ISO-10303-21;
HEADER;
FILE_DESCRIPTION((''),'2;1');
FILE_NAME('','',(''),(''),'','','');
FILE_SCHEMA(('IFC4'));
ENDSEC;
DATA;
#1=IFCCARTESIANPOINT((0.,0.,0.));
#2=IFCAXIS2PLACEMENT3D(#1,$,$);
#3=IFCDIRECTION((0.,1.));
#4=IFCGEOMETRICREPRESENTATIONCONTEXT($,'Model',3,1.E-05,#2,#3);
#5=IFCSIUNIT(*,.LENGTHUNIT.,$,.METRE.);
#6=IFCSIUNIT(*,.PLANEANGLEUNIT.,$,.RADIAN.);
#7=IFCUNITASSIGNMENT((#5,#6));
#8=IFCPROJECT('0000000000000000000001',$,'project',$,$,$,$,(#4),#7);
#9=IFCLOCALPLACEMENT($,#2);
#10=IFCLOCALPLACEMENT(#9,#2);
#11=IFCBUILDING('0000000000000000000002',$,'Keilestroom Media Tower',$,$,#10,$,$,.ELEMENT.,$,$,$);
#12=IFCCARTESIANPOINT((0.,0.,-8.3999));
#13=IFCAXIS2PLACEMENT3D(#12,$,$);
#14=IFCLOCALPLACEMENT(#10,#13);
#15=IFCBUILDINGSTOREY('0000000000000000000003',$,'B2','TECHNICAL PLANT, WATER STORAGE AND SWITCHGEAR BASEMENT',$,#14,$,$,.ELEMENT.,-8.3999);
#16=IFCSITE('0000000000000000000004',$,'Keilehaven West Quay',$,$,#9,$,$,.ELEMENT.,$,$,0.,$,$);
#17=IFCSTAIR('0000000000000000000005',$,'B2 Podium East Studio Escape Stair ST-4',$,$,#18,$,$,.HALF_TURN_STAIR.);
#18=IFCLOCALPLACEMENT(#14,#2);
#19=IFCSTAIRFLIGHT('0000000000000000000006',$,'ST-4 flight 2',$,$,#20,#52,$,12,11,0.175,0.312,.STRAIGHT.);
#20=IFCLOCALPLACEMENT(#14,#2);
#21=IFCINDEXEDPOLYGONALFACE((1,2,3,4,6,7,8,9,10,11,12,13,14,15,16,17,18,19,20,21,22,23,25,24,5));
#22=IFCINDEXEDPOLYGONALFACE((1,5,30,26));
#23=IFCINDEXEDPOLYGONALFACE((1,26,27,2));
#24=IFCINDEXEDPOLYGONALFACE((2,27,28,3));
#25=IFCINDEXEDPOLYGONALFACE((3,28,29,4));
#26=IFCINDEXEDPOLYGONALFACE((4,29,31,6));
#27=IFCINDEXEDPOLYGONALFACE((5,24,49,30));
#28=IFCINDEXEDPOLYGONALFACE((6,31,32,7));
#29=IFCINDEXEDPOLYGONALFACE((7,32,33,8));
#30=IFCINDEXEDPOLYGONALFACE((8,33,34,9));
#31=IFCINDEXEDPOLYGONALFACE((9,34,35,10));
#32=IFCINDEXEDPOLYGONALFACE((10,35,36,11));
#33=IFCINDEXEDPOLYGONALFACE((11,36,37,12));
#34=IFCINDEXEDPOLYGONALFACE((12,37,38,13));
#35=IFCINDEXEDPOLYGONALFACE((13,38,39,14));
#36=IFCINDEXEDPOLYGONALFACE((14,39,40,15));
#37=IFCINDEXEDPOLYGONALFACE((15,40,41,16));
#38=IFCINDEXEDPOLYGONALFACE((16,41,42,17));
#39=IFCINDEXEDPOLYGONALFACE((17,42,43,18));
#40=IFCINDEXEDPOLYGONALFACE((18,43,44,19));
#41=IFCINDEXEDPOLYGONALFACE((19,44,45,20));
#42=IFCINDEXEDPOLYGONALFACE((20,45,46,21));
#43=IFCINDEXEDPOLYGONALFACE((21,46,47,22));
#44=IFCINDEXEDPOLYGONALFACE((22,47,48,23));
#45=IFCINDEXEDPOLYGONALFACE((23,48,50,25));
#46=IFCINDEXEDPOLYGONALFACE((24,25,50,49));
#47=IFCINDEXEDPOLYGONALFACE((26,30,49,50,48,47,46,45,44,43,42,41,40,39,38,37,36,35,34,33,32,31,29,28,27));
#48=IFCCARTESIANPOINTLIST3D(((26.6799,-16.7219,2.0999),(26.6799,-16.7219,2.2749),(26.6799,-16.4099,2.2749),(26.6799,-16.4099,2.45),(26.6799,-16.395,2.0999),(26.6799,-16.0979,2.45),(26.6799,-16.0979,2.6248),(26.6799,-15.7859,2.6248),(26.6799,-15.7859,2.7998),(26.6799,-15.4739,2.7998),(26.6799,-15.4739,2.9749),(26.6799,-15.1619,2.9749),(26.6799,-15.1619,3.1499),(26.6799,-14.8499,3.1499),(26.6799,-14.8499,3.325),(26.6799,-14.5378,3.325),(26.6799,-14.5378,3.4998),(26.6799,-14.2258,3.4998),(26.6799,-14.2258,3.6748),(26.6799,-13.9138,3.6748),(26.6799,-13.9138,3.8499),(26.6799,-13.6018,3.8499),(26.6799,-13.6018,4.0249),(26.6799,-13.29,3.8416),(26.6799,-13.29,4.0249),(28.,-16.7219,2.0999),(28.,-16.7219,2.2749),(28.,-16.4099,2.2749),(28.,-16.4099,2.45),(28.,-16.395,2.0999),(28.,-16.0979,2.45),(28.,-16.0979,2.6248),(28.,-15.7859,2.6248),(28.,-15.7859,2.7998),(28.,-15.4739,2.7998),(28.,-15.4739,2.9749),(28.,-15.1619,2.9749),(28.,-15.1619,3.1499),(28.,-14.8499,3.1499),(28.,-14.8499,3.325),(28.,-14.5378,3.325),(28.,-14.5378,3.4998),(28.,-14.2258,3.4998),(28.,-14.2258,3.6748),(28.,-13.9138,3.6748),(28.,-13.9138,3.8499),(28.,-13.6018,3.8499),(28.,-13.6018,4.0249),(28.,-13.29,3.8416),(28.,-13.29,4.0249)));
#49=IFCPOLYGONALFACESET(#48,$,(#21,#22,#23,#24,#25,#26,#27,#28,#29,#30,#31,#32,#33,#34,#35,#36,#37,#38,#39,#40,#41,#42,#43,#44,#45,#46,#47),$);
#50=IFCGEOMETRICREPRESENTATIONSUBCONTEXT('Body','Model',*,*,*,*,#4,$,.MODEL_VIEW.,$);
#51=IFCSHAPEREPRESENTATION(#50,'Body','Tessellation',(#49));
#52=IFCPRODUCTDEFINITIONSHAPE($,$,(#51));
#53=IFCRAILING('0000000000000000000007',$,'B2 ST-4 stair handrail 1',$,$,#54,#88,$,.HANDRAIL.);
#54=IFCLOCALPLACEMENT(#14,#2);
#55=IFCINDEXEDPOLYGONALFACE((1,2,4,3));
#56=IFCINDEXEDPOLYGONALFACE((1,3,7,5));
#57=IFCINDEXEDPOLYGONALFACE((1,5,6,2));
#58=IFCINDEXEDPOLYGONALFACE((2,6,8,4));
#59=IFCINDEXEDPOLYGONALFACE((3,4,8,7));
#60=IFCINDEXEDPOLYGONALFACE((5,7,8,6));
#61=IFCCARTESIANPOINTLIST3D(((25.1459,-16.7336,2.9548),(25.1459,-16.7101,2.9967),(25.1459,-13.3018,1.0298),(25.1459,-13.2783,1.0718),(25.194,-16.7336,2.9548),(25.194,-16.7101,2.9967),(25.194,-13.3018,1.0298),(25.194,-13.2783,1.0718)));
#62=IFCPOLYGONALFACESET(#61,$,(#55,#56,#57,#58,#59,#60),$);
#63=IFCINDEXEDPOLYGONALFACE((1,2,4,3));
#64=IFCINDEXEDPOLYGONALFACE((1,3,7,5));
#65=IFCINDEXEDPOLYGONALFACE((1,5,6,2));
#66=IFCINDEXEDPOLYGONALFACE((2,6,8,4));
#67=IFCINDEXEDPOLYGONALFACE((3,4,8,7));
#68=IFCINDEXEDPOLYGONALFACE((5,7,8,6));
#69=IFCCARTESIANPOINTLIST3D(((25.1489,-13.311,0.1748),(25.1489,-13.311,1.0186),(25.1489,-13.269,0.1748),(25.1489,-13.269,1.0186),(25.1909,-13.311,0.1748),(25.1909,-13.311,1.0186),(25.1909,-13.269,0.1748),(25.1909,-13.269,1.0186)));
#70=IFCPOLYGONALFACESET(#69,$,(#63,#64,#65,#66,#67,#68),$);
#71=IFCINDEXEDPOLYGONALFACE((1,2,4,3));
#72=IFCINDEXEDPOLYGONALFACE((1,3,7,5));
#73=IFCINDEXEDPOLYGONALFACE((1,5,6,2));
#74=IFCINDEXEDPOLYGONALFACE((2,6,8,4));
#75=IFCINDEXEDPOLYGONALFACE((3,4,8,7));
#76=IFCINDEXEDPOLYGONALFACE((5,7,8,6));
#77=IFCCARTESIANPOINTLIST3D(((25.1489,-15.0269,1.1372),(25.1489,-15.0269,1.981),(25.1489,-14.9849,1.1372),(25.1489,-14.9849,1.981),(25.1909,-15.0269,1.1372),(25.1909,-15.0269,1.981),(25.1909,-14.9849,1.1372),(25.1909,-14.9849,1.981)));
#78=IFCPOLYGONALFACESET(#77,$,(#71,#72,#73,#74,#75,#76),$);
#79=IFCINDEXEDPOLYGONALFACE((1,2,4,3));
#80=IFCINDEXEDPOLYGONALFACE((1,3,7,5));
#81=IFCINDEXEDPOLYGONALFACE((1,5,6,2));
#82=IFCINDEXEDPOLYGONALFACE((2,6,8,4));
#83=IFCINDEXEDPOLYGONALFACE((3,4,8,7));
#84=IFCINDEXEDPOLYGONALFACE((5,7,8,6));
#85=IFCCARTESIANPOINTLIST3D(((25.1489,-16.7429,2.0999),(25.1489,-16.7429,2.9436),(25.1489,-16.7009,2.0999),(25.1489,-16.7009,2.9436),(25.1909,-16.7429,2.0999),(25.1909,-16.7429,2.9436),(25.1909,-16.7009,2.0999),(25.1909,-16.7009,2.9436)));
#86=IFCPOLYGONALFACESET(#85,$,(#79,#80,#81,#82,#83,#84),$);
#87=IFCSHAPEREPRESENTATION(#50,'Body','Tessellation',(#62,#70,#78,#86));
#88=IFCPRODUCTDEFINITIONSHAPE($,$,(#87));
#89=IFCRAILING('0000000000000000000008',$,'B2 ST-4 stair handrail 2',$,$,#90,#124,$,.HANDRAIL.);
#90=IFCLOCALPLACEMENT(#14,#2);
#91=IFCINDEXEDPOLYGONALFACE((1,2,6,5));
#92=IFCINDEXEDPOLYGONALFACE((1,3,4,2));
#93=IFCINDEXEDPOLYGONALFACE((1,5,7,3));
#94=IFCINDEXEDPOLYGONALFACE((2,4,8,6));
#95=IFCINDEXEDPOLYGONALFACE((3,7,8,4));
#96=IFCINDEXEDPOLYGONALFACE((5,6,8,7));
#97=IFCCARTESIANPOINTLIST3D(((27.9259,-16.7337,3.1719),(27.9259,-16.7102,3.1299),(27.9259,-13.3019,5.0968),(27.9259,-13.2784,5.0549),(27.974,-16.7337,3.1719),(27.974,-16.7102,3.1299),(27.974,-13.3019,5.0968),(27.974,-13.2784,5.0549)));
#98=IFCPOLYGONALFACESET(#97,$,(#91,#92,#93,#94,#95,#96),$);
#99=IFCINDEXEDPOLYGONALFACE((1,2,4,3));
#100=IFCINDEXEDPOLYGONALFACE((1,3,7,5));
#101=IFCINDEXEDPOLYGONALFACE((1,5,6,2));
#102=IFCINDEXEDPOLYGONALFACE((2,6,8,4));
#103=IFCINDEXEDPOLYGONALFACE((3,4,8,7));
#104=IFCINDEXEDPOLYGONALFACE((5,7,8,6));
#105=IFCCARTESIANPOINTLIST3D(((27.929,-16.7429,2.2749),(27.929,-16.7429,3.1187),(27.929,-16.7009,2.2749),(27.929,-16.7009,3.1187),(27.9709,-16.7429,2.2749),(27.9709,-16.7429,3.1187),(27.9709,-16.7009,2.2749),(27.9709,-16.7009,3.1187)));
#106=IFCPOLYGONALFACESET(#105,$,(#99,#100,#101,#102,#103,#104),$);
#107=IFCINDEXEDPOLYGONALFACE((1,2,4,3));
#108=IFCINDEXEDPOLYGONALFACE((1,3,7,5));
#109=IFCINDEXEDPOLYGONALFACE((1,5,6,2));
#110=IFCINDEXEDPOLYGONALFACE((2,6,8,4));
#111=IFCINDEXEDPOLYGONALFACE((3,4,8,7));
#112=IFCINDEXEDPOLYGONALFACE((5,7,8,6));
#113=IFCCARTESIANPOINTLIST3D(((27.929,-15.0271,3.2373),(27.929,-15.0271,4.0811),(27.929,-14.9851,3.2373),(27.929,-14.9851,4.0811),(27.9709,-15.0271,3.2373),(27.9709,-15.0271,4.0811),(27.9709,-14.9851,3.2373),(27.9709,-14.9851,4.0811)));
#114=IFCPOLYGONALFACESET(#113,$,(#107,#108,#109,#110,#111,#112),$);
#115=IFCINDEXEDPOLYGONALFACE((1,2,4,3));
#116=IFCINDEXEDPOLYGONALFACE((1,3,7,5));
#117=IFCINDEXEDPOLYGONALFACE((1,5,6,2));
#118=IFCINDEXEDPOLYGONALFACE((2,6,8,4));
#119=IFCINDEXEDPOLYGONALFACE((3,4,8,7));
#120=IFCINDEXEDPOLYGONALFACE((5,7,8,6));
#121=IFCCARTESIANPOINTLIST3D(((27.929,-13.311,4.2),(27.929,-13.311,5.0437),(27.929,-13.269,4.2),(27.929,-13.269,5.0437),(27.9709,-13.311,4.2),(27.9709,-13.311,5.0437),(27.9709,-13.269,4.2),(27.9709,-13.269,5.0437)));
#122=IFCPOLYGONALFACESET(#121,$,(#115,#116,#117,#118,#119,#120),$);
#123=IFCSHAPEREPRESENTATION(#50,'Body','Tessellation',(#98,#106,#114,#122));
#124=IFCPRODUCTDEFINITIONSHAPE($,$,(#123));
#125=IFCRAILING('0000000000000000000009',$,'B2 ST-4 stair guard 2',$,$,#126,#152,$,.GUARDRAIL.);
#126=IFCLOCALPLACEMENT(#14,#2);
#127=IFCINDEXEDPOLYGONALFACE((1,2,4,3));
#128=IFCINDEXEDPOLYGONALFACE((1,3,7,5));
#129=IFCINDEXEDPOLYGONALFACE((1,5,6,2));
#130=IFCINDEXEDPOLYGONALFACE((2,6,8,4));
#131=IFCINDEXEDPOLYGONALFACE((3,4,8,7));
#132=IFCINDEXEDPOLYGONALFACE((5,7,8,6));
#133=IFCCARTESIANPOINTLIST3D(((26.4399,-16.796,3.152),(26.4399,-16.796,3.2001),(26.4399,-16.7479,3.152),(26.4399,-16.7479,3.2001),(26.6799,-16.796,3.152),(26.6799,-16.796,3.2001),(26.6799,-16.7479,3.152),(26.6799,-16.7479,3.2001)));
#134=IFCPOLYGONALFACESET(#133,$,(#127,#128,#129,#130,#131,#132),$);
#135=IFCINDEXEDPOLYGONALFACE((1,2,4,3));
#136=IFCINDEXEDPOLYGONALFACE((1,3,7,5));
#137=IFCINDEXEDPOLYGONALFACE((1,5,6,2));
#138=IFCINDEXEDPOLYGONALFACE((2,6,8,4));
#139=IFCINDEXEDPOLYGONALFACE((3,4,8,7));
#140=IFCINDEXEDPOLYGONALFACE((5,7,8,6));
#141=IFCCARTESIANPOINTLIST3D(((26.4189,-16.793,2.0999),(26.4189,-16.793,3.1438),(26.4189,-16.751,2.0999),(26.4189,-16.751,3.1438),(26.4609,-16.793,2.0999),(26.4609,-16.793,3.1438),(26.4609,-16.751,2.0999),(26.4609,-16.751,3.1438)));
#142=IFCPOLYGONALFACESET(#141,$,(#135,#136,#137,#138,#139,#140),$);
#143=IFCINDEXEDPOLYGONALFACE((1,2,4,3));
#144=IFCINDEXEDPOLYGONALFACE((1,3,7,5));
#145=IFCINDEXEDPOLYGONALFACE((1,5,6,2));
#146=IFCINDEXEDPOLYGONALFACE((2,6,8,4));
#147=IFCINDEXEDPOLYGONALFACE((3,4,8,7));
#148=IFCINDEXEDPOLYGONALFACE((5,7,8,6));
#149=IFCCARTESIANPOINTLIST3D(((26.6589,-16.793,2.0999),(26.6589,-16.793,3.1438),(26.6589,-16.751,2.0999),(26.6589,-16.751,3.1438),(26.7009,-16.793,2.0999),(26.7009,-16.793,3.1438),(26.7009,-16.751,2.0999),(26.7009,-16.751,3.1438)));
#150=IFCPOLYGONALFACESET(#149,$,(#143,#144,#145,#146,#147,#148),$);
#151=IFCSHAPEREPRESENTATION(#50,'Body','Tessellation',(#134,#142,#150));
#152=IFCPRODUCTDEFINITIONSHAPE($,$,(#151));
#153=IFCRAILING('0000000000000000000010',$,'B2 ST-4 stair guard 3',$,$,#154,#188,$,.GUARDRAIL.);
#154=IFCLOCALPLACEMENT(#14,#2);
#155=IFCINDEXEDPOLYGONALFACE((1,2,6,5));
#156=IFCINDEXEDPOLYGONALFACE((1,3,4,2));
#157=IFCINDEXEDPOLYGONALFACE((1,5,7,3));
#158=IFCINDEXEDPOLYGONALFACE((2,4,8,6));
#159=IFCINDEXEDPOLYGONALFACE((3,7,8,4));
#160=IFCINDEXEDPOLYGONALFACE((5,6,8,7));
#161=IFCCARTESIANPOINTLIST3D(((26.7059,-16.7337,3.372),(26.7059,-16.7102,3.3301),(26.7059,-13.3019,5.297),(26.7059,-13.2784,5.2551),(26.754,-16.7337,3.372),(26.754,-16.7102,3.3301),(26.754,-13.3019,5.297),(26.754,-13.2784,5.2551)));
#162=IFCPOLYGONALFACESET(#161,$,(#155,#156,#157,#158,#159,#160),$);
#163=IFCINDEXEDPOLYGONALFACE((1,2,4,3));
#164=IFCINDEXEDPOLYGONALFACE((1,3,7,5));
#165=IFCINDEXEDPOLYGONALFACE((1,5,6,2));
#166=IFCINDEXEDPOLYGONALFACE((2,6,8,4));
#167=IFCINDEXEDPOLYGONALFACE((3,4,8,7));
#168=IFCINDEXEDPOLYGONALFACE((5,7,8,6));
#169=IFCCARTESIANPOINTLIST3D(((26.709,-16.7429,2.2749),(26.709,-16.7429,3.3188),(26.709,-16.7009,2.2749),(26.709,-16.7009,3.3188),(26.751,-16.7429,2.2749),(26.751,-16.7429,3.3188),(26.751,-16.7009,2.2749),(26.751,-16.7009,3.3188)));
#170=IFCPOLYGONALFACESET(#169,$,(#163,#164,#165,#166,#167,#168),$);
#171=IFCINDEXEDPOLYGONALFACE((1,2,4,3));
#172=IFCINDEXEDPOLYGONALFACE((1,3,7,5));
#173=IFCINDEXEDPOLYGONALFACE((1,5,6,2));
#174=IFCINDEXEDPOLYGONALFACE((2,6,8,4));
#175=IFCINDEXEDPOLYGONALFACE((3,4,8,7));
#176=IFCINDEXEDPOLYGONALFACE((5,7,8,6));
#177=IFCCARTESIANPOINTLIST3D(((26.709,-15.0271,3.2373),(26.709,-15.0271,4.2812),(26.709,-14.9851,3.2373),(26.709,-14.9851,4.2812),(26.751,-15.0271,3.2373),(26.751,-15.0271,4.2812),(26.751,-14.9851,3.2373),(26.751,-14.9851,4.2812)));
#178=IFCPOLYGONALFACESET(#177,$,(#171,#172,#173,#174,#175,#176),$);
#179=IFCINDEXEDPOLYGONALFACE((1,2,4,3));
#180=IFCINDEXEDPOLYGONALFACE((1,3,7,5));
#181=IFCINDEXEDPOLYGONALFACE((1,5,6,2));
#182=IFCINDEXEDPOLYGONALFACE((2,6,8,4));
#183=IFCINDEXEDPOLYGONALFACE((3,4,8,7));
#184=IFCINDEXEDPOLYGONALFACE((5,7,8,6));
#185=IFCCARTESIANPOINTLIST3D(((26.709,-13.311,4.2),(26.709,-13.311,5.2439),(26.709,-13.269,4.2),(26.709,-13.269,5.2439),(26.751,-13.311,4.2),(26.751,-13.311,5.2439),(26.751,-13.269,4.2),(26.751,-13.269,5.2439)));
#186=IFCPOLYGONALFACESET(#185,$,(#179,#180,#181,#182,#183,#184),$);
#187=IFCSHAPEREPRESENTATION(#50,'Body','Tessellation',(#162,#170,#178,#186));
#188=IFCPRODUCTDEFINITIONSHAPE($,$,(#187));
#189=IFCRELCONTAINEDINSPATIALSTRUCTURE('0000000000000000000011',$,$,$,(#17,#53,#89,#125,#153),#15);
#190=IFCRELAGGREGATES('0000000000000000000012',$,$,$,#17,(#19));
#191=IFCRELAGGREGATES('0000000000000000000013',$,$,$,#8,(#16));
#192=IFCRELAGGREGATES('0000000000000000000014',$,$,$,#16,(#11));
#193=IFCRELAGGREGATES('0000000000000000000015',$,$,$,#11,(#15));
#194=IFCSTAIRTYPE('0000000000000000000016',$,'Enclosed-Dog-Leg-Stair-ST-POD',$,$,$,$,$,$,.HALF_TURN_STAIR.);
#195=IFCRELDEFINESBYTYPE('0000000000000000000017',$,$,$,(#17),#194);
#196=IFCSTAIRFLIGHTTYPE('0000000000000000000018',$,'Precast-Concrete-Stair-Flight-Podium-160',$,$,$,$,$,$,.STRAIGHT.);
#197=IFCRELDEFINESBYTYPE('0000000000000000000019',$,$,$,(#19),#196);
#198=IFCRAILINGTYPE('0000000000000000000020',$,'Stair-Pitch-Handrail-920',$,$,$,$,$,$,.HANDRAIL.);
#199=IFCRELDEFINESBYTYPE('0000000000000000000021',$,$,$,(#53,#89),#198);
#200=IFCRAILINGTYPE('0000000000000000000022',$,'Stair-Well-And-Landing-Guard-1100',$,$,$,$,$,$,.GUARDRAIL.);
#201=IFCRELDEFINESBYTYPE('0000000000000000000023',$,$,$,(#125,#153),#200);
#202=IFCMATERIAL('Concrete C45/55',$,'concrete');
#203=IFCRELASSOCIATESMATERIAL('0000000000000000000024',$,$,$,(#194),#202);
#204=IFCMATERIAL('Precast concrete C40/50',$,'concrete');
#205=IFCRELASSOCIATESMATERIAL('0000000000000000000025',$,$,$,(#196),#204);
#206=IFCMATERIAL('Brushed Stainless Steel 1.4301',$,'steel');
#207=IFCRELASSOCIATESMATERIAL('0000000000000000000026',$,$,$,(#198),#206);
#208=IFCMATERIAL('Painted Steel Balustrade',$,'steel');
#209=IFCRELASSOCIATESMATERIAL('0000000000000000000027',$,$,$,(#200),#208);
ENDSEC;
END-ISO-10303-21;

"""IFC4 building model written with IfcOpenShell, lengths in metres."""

from ifc_helpers import new_model, si_unit, direction, frame, origin, origin_2d, place, context, subcontext, project, spatial, polyline, rectangle, outline, extrude, material, type_object, element, aggregate, save


model = new_model("IFC4")

# Units and contexts
model_context = context("Model", 3, precision=1e-05, world=origin(), true_north=direction((0.0, 1.0)))
body_context = subcontext(model_context, "Body", "Model", "MODEL_VIEW")
ifc_project = project(units=[si_unit("LENGTHUNIT", "METRE"), si_unit("PLANEANGLEUNIT", "RADIAN")], contexts=[model_context])

# Site, building, storey
site_placement = place(None, origin())
site = spatial("IfcSite", under=ifc_project, at=site_placement, Name="Keilehaven West Quay", CompositionType="ELEMENT", RefElevation=0.0)
building_placement = place(site_placement, origin())
building = spatial("IfcBuilding", under=site, at=building_placement, Name="Keilestroom Media Tower", CompositionType="ELEMENT")
storey_placement = place(building_placement, frame((0.0, 0.0, -8.3999)))
storey = spatial("IfcBuildingStorey", under=building, at=storey_placement, Name="B2", Description="TECHNICAL PLANT, WATER STORAGE AND SWITCHGEAR BASEMENT", CompositionType="ELEMENT", Elevation=-8.3999)

# Shared definitions
ifc_material_1 = material(Name="Concrete C45/55", Category="concrete")

# Shared definitions
ifc_material_2 = material(Name="Precast concrete C40/50", Category="concrete")

# Stair, stair flight
stair_type = type_object("IfcStairType", Name="Enclosed-Dog-Leg-Stair-ST-POD", PredefinedType="HALF_TURN_STAIR", material=ifc_material_1)
stair_placement = place(storey_placement, origin())
stair = element("IfcStair", 1, at=stair_placement, inside=storey, type_object=stair_type, Name="B2 Podium East Studio Escape Stair ST-4", PredefinedType="HALF_TURN_STAIR")
stair_flight_type = type_object("IfcStairFlightType", Name="Precast-Concrete-Stair-Flight-Podium-160", PredefinedType="STRAIGHT", material=ifc_material_2)
stair_flight_placement = place(storey_placement, frame((27.3401, -16.7219, 2.0999), z_axis=(0.0, 0.0, 1.0), x_axis=(0.0, 1.0, 0.0)))
stair_flight = element("IfcStairFlight", 2, at=stair_flight_placement, type_object=stair_flight_type, Name="ST-4 flight 2", NumberOfRisers=12, NumberOfTreads=11, PredefinedType="STRAIGHT", RiserHeight=0.175, TreadLength=0.312, context=body_context, shape_type="SweptSolid", body=[
    extrude(outline(polyline([(0.0, 0.0), (0.0, 0.175), (0.312, 0.175), (0.312, 0.3501), (0.624, 0.3501), (0.624, 0.5249), (0.936, 0.5249), (0.936, 0.7), (1.248, 0.7), (1.248, 0.875), (1.5601, 0.875), (1.5601, 1.05), (1.8721, 1.05), (1.8721, 1.2251), (2.1841, 1.2251), (2.1841, 1.3999), (2.4961, 1.3999), (2.4961, 1.575), (2.8081, 1.575), (2.8081, 1.75), (3.1201, 1.75), (3.1201, 1.925), (3.4319, 1.925), (3.4319, 2.1001), (3.4319, 1.7417), (0.3269, 0.0), (0.0, 0.0)])), frame((0.0, 0.6602, 0.0), z_axis=(0.0, -1.0, 0.0), x_axis=(1.0, 0.0, 0.0)), (0.0, 0.0, 1.0), 1.3201),
])
aggregate(stair, [stair_flight])

# Railings
ifc_material_3 = material(Name="Brushed Stainless Steel 1.4301", Category="steel")
railing_type_1 = type_object("IfcRailingType", Name="Stair-Pitch-Handrail-920", PredefinedType="HANDRAIL", material=ifc_material_3)
railing_1_placement = place(storey_placement, frame((25.1699, -13.29, 0.1748)))
element("IfcRailing", 3, at=railing_1_placement, inside=storey, type_object=railing_type_1, Name="B2 ST-4 stair handrail 1", PredefinedType="HANDRAIL", context=body_context, shape_type="SweptSolid", body=[
    extrude(rectangle(XDim=0.0481, YDim=0.0481, at=origin_2d()), frame((0.0, 0.0, 0.876), z_axis=(0.0, -0.87216, 0.489221), x_axis=(1.0, 0.0, 0.0)), (0.0, 0.0, 1.0), 3.9348),
    extrude(rectangle(XDim=0.042, YDim=0.042, at=origin_2d()), origin(), (0.0, 0.0, 1.0), 0.8438),
    extrude(rectangle(XDim=0.042, YDim=0.042, at=origin_2d()), frame((0.0, -1.7158, 0.9624)), (0.0, 0.0, 1.0), 0.8438),
    extrude(rectangle(XDim=0.042, YDim=0.042, at=origin_2d()), frame((0.0, -3.4319, 1.925)), (0.0, 0.0, 1.0), 0.8438),
])
railing_2_placement = place(storey_placement, frame((27.95, -16.7219, 2.2749)))
element("IfcRailing", 4, at=railing_2_placement, inside=storey, type_object=railing_type_1, Name="B2 ST-4 stair handrail 2", PredefinedType="HANDRAIL", context=body_context, shape_type="SweptSolid", body=[
    extrude(rectangle(XDim=0.0481, YDim=0.0481, at=origin_2d()), frame((0.0, 0.0, 0.876), z_axis=(0.0, 0.87216, 0.489221), x_axis=(-1.0, 0.0, 0.0)), (0.0, 0.0, 1.0), 3.9348),
    extrude(rectangle(XDim=0.042, YDim=0.042, at=origin_2d()), origin(), (0.0, 0.0, 1.0), 0.8438),
    extrude(rectangle(XDim=0.042, YDim=0.042, at=origin_2d()), frame((0.0, 1.7158, 0.9624)), (0.0, 0.0, 1.0), 0.8438),
    extrude(rectangle(XDim=0.042, YDim=0.042, at=origin_2d()), frame((0.0, 3.4319, 1.925)), (0.0, 0.0, 1.0), 0.8438),
])
ifc_material_4 = material(Name="Painted Steel Balustrade", Category="steel")
railing_type_2 = type_object("IfcRailingType", Name="Stair-Well-And-Landing-Guard-1100", PredefinedType="GUARDRAIL", material=ifc_material_4)
railing_3_placement = place(storey_placement, frame((26.4399, -16.772, 2.0999)))
element("IfcRailing", 5, at=railing_3_placement, inside=storey, type_object=railing_type_2, Name="B2 ST-4 stair guard 2", PredefinedType="GUARDRAIL", context=body_context, shape_type="SweptSolid", body=[
    extrude(rectangle(XDim=0.0481, YDim=0.0481, at=origin_2d()), frame((0.0, 0.0, 1.0762), z_axis=(1.0, 0.0, 0.0), x_axis=(0.0, 1.0, 0.0)), (0.0, 0.0, 1.0), 0.24),
    extrude(rectangle(XDim=0.042, YDim=0.042, at=origin_2d()), origin(), (0.0, 0.0, 1.0), 1.0439),
    extrude(rectangle(XDim=0.042, YDim=0.042, at=origin_2d()), frame((0.24, 0.0, 0.0)), (0.0, 0.0, 1.0), 1.0439),
])
railing_4_placement = place(storey_placement, frame((26.73, -16.7219, 2.2749)))
element("IfcRailing", 6, at=railing_4_placement, inside=storey, type_object=railing_type_2, Name="B2 ST-4 stair guard 3", PredefinedType="GUARDRAIL", context=body_context, shape_type="SweptSolid", body=[
    extrude(rectangle(XDim=0.0481, YDim=0.0481, at=origin_2d()), frame((0.0, 0.0, 1.0762), z_axis=(0.0, 0.87216, 0.489221), x_axis=(-1.0, 0.0, 0.0)), (0.0, 0.0, 1.0), 3.9348),
    extrude(rectangle(XDim=0.042, YDim=0.042, at=origin_2d()), origin(), (0.0, 0.0, 1.0), 1.0439),
    extrude(rectangle(XDim=0.042, YDim=0.042, at=origin_2d()), frame((0.0, 1.7158, 0.9624)), (0.0, 0.0, 1.0), 1.0439),
    extrude(rectangle(XDim=0.042, YDim=0.042, at=origin_2d()), frame((0.0, 3.4319, 1.925)), (0.0, 0.0, 1.0), 1.0439),
])

save(model, "model.ifc")
